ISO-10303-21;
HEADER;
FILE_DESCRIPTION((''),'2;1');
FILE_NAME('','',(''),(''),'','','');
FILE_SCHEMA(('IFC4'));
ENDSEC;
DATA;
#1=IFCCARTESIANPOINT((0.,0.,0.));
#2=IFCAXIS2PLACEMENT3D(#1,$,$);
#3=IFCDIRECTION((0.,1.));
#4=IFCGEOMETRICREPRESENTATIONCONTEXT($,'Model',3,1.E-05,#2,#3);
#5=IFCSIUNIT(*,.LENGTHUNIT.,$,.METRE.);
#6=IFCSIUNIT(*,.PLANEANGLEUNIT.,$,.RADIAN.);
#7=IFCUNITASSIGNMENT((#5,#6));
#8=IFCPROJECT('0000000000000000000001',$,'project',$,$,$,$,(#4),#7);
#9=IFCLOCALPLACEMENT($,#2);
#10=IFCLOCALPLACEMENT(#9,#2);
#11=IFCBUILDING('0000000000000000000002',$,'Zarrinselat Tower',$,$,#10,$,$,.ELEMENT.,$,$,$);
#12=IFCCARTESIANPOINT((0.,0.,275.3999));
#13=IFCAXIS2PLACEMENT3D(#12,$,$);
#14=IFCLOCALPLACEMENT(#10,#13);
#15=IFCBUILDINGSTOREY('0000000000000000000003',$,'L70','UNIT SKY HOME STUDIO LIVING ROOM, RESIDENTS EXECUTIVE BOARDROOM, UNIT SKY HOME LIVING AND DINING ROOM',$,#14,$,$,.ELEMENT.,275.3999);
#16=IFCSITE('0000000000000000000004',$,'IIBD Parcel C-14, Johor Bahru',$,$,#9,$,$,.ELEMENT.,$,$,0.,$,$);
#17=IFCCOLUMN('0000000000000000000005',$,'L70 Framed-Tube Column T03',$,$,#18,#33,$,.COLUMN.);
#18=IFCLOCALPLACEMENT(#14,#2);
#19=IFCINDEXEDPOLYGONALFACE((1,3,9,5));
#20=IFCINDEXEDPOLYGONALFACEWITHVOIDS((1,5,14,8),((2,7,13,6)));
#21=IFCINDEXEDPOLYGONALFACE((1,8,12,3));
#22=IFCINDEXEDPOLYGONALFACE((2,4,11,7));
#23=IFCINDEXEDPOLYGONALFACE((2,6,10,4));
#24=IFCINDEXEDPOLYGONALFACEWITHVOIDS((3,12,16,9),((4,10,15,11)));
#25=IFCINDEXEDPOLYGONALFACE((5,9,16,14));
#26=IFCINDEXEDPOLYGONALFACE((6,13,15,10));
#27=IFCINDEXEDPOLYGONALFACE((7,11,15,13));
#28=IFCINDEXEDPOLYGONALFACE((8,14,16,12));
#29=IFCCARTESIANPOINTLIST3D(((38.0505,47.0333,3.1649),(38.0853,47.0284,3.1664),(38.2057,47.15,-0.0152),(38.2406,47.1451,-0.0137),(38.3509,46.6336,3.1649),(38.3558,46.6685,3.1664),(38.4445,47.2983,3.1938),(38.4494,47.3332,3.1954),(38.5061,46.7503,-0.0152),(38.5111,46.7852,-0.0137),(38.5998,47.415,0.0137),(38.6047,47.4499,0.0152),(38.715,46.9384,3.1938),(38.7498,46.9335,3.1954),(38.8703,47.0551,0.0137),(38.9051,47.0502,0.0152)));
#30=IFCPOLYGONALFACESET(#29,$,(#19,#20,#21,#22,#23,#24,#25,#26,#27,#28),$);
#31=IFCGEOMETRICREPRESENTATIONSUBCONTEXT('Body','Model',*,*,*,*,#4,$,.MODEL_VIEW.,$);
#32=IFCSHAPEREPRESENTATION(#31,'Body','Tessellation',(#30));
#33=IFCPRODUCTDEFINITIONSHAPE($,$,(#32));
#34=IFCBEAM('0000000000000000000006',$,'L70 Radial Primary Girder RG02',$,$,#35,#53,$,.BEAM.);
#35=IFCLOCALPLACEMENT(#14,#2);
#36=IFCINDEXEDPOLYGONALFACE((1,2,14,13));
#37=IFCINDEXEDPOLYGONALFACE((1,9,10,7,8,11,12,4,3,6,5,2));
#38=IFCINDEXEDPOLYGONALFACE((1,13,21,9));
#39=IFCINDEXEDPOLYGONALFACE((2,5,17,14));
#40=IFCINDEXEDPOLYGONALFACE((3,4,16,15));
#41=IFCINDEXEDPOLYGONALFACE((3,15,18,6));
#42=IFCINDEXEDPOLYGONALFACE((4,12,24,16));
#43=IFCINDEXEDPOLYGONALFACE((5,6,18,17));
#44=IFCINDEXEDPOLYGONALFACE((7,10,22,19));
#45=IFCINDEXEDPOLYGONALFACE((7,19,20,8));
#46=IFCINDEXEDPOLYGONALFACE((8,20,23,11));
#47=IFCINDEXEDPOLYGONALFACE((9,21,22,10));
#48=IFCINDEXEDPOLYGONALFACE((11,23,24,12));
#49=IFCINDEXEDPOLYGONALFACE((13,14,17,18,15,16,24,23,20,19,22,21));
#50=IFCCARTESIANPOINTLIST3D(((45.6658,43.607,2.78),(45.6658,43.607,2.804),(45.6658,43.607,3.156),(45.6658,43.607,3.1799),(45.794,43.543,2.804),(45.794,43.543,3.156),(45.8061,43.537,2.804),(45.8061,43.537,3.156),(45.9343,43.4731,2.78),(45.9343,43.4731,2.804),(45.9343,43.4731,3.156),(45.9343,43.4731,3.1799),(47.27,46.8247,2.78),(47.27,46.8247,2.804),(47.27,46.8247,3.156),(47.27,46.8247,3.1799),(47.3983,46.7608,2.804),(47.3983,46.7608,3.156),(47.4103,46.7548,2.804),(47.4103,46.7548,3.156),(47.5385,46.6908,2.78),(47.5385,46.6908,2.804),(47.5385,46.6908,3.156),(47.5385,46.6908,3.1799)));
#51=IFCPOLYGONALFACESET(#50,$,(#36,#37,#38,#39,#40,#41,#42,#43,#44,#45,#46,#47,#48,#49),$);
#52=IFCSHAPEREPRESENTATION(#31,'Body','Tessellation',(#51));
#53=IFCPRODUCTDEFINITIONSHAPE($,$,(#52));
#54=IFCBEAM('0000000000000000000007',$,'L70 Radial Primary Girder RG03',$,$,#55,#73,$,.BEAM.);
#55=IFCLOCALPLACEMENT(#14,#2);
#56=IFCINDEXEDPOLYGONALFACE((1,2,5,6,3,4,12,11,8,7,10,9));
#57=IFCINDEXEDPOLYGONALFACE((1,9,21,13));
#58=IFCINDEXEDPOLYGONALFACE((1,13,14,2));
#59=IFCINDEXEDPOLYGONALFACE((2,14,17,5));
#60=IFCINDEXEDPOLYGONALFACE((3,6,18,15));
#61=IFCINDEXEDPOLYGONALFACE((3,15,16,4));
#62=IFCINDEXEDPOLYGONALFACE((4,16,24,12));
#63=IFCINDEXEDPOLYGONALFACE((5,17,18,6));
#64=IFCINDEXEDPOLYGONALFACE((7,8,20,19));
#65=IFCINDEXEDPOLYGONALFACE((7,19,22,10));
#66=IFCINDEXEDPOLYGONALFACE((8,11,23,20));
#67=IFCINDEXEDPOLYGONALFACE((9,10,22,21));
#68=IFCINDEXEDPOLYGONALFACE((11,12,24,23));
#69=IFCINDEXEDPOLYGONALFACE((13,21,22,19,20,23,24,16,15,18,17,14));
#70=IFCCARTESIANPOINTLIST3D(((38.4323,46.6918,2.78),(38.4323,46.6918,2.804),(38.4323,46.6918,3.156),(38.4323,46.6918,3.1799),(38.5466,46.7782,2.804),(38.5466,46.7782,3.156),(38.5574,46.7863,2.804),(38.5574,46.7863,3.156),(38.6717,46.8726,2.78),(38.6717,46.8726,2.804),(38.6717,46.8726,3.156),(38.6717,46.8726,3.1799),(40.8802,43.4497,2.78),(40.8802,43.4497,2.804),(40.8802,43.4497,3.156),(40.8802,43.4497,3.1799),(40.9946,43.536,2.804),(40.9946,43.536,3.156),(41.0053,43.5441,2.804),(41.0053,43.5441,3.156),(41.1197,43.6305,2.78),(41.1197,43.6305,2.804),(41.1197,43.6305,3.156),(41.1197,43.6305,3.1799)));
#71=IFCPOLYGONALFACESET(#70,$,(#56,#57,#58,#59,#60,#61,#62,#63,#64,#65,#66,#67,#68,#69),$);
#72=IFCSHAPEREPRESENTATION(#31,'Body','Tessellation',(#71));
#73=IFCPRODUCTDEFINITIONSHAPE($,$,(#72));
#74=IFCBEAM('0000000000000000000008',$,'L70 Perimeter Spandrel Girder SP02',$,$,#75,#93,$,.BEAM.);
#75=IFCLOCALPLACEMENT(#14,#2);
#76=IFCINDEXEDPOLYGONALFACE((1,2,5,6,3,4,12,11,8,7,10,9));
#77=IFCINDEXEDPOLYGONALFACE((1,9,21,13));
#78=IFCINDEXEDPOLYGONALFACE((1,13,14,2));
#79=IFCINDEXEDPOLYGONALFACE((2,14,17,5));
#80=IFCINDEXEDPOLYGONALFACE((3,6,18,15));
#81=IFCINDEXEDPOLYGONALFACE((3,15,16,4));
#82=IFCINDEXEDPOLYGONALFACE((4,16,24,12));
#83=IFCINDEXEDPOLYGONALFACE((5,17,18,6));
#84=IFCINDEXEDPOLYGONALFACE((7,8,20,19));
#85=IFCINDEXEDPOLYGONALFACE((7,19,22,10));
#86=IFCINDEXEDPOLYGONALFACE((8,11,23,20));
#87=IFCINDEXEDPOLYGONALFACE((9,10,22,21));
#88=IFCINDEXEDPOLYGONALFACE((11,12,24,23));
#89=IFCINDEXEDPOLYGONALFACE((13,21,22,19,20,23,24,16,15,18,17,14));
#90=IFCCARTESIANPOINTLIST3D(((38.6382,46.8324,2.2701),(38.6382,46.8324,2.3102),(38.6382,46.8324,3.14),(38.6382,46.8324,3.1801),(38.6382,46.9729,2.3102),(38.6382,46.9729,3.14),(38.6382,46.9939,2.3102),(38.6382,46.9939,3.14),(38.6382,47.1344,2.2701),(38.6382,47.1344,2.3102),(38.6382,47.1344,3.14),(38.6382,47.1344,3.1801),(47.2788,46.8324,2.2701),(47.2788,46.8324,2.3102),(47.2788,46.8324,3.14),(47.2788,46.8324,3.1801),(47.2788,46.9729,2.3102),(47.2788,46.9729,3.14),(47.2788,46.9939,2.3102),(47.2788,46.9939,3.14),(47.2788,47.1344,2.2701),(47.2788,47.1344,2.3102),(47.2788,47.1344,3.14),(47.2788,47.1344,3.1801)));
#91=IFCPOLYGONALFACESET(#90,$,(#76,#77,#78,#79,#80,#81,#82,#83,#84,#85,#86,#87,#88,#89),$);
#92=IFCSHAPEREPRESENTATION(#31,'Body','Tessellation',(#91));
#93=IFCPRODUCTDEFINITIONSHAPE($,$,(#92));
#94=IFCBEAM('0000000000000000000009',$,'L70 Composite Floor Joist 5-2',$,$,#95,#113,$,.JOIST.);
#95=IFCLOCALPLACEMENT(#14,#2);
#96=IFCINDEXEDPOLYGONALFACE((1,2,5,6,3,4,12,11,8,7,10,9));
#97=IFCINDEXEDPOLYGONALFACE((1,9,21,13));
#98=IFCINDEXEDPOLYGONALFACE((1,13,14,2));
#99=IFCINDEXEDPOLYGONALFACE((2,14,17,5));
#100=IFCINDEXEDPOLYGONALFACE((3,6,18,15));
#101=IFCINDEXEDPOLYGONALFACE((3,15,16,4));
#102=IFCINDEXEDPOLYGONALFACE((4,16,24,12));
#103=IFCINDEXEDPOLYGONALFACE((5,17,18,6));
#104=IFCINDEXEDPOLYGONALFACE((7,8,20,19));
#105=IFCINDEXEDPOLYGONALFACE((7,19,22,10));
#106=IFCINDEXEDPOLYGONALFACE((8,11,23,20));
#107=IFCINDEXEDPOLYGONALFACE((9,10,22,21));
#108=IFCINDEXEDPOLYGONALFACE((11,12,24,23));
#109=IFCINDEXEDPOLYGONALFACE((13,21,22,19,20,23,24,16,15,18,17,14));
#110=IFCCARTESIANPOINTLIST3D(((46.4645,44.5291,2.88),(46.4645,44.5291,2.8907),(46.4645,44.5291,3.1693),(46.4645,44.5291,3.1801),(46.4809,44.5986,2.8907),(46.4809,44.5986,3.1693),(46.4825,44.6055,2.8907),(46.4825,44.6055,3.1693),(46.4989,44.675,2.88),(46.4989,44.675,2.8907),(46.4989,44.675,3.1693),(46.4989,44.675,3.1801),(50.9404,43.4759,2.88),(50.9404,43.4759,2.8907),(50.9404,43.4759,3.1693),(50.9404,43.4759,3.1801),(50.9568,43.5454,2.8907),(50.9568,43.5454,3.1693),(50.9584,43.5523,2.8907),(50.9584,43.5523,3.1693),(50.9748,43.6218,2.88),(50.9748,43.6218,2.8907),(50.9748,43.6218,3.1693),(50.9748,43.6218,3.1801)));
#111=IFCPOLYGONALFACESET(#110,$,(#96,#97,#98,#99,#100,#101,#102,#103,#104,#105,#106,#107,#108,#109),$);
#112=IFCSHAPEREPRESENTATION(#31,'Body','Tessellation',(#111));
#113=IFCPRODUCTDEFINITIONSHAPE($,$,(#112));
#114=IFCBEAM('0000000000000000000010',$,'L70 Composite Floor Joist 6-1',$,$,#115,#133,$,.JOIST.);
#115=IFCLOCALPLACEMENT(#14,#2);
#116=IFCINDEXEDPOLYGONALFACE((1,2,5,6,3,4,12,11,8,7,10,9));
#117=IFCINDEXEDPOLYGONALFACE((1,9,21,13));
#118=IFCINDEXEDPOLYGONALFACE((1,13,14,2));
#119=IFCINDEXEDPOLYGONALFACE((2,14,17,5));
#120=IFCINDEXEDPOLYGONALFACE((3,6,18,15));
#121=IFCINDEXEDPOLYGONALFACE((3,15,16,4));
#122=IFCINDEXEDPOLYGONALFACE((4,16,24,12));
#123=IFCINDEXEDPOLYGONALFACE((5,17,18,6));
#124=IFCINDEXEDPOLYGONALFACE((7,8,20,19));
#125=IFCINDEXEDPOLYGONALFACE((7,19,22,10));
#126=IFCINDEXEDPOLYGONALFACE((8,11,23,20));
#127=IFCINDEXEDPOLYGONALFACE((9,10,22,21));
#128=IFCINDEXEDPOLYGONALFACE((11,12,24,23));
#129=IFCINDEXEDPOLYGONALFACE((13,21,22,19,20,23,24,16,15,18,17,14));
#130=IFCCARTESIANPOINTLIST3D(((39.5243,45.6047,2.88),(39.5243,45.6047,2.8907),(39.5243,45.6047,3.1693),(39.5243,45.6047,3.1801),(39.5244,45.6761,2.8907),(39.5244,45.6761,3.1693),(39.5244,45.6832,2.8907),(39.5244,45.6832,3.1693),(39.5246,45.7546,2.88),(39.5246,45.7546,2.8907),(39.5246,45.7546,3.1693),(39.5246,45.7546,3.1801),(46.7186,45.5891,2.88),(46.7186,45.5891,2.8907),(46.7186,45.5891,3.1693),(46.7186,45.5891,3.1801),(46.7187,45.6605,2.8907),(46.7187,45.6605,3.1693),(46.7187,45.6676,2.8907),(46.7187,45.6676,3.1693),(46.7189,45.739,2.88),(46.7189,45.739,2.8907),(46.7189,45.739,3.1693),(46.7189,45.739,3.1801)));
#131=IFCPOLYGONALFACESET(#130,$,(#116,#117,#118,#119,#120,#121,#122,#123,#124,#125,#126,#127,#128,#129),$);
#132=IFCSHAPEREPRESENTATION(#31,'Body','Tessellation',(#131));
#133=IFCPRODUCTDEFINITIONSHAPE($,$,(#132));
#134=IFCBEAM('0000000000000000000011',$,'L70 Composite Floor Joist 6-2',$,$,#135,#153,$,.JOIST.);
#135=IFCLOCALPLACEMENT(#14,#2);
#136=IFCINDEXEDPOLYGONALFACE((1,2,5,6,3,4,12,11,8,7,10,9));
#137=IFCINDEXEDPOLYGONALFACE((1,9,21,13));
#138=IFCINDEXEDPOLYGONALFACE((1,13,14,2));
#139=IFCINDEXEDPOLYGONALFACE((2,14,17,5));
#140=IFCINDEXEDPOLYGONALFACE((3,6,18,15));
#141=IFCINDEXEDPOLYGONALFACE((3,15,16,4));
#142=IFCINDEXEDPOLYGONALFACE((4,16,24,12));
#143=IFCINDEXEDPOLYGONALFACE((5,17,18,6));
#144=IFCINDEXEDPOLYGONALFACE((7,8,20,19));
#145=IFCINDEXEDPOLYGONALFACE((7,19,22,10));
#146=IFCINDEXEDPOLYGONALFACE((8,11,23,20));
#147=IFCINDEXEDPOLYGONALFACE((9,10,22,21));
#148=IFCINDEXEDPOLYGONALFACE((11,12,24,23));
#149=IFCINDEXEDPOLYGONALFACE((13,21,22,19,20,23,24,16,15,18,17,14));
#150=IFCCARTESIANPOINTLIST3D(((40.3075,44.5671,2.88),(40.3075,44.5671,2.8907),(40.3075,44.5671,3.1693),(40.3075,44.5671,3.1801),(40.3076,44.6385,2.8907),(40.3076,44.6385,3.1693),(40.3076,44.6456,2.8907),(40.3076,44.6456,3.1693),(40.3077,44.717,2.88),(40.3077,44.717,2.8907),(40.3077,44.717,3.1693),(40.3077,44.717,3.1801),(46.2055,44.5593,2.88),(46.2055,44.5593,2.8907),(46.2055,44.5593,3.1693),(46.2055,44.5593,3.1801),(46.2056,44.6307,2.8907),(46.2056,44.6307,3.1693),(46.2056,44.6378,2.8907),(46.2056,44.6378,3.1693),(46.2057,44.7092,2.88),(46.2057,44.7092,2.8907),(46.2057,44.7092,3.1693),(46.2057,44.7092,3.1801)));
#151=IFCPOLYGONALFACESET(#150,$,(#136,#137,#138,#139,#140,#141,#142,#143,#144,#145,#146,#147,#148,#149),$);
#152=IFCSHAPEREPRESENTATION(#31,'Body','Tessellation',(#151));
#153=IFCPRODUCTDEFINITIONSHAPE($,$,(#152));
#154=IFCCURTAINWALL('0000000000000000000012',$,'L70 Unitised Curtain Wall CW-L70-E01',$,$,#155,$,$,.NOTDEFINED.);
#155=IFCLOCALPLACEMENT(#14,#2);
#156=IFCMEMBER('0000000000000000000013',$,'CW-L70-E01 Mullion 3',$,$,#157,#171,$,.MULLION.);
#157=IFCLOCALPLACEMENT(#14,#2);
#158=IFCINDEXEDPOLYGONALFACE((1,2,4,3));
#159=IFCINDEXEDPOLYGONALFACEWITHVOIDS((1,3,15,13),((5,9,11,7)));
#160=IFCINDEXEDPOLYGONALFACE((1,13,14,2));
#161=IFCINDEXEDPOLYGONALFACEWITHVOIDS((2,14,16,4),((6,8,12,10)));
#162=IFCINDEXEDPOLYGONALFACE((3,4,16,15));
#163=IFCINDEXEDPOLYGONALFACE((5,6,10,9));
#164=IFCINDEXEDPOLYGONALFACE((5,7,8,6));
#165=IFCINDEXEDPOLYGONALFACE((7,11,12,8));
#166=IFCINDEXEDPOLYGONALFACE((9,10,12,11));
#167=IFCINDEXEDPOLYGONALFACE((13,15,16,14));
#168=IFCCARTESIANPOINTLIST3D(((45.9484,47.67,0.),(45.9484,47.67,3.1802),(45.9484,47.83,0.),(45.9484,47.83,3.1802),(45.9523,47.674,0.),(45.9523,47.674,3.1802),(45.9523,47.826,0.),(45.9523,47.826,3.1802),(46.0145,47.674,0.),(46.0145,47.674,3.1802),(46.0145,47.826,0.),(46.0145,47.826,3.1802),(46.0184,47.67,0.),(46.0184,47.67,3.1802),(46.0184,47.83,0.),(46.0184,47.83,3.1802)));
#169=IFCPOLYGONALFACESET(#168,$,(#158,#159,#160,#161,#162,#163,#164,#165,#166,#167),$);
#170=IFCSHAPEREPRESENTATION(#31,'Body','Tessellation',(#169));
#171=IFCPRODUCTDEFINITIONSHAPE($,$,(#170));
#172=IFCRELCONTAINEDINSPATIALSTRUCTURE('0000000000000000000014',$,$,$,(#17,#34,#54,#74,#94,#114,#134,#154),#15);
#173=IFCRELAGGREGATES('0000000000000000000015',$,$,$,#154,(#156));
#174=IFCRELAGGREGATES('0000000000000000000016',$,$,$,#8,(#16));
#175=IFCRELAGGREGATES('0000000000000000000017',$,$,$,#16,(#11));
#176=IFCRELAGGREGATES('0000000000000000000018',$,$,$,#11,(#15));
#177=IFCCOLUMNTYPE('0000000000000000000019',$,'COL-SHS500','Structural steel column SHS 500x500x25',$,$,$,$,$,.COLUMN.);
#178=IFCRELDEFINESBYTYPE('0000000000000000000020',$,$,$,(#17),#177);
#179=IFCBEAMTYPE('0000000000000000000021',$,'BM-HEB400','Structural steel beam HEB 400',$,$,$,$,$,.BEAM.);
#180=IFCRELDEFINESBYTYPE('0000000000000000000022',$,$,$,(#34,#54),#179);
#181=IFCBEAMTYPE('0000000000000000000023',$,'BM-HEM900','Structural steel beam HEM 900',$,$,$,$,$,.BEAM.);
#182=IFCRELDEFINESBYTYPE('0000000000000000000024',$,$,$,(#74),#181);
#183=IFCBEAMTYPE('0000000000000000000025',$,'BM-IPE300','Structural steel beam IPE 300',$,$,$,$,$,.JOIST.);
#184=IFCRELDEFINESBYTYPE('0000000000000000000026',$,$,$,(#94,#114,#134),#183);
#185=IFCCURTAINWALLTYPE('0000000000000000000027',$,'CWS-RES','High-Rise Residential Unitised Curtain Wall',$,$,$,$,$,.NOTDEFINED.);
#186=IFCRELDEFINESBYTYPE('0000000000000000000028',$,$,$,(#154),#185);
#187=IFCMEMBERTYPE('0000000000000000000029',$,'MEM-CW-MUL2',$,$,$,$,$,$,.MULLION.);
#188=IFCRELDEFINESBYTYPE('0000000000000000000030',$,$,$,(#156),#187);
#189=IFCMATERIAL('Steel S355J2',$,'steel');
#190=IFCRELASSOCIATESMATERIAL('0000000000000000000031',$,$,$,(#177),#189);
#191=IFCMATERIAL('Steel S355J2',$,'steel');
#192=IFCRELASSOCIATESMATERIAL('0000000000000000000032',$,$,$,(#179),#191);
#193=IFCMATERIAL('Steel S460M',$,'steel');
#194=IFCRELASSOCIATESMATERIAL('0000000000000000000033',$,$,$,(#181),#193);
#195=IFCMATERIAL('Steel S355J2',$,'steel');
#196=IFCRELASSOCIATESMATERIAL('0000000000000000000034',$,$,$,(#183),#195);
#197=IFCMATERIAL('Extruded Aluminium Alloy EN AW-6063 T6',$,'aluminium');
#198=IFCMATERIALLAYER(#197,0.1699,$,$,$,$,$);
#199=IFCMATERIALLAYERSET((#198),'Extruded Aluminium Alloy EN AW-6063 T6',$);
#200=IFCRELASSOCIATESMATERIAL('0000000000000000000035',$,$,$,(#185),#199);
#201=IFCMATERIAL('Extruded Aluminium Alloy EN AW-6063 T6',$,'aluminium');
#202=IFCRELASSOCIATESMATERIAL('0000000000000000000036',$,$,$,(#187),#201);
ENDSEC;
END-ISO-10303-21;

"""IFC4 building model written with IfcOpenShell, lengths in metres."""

from ifc_helpers import new_model, si_unit, direction, frame, origin, origin_2d, place, context, subcontext, project, spatial, hollow_rectangle, i_section, extrude, material, layer, layer_set, material_profile, profile_set, type_object, element, aggregate, save


model = new_model("IFC4")

# Units and contexts
model_context = context("Model", 3, precision=1e-05, world=origin(), true_north=direction((0.0, 1.0)))
body_context = subcontext(model_context, "Body", "Model", "MODEL_VIEW")
ifc_project = project(units=[si_unit("LENGTHUNIT", "METRE"), si_unit("PLANEANGLEUNIT", "RADIAN")], contexts=[model_context])

# Site, building, storey
site_placement = place(None, origin())
site = spatial("IfcSite", under=ifc_project, at=site_placement, Name="IIBD Parcel C-14, Johor Bahru", CompositionType="ELEMENT", RefElevation=0.0)
building_placement = place(site_placement, origin())
building = spatial("IfcBuilding", under=site, at=building_placement, Name="Zarrinselat Tower", CompositionType="ELEMENT")
storey_placement = place(building_placement, frame((0.0, 0.0, 275.3999)))
storey = spatial("IfcBuildingStorey", under=building, at=storey_placement, Name="L70", Description="UNIT SKY HOME STUDIO LIVING ROOM, RESIDENTS EXECUTIVE BOARDROOM, UNIT SKY HOME LIVING AND DINING ROOM", CompositionType="ELEMENT", Elevation=275.3999)

# Column
ifc_material_1 = material(Name="Steel S355J2", Category="steel")
ifc_material_profile_1 = material_profile(ifc_material_1, hollow_rectangle(XDim=0.5, YDim=0.5, WallThickness=0.0249, at=origin_2d()), Name="SHS 500x500x25")
ifc_profile_set_1 = profile_set([ifc_material_profile_1], Name="Steel S355J2")
column_type = type_object("IfcColumnType", Name="COL-SHS500", Description="Structural steel column SHS 500x500x25", PredefinedType="COLUMN", material=ifc_profile_set_1)
column_placement = place(storey_placement, frame((38.5554, 47.1001, 0.0), z_axis=(-0.048735, -0.036628, 0.99814), x_axis=(0.600804, -0.799396, 0.0)))
element("IfcColumn", 1, at=column_placement, inside=storey, type_object=column_type, Name="L70 Framed-Tube Column T03", PredefinedType="COLUMN", context=body_context, shape_type="SweptSolid", body=[
    extrude(hollow_rectangle(XDim=0.5, YDim=0.5, WallThickness=0.0249, at=origin_2d()), origin(), (0.0, 0.0, 1.0), 3.186),
])

# Beams
ifc_material_2 = material(Name="Steel S355J2", Category="steel")
ifc_material_profile_2 = material_profile(ifc_material_2, i_section(OverallWidth=0.3, OverallDepth=0.3999, WebThickness=0.0134, FlangeThickness=0.0239, at=origin_2d()), Name="HEB 400")
ifc_profile_set_2 = profile_set([ifc_material_profile_2], Name="Steel S355J2")
beam_type_1 = type_object("IfcBeamType", Name="BM-HEB400", Description="Structural steel beam HEB 400", PredefinedType="BEAM", material=ifc_profile_set_2)
beam_1_placement = place(storey_placement, frame((45.8, 43.54, 2.98), z_axis=(0.446181, 0.894943, 0.0), x_axis=(-0.894943, 0.446181, 0.0)))
element("IfcBeam", 2, at=beam_1_placement, inside=storey, type_object=beam_type_1, Name="L70 Radial Primary Girder RG02", PredefinedType="BEAM", context=body_context, shape_type="SweptSolid", body=[
    extrude(i_section(OverallWidth=0.3, OverallDepth=0.3999, WebThickness=0.0134, FlangeThickness=0.0239, at=origin_2d()), origin(), (0.0, 0.0, 1.0), 3.5955),
])
beam_2_placement = place(storey_placement, frame((38.552, 46.7822, 2.98), z_axis=(0.602574, -0.798063, 0.0), x_axis=(0.798063, 0.602574, 0.0)))
element("IfcBeam", 3, at=beam_2_placement, inside=storey, type_object=beam_type_1, Name="L70 Radial Primary Girder RG03", PredefinedType="BEAM", context=body_context, shape_type="SweptSolid", body=[
    extrude(i_section(OverallWidth=0.3, OverallDepth=0.3999, WebThickness=0.0134, FlangeThickness=0.0239, at=origin_2d()), origin(), (0.0, 0.0, 1.0), 4.0625),
])
ifc_material_3 = material(Name="Steel S460M", Category="steel")
ifc_material_profile_3 = material_profile(ifc_material_3, i_section(OverallWidth=0.302, OverallDepth=0.9099, WebThickness=0.021, FlangeThickness=0.04, at=origin_2d()), Name="HEM 900")
ifc_profile_set_3 = profile_set([ifc_material_profile_3], Name="Steel S460M")
beam_type_2 = type_object("IfcBeamType", Name="BM-HEM900", Description="Structural steel beam HEM 900", PredefinedType="BEAM", material=ifc_profile_set_3)
beam_3_placement = place(storey_placement, frame((38.6382, 46.9834, 2.7251), z_axis=(1.0, 0.0, 0.0), x_axis=(0.0, 1.0, 0.0)))
element("IfcBeam", 4, at=beam_3_placement, inside=storey, type_object=beam_type_2, Name="L70 Perimeter Spandrel Girder SP02", PredefinedType="BEAM", context=body_context, shape_type="SweptSolid", body=[
    extrude(i_section(OverallWidth=0.302, OverallDepth=0.9099, WebThickness=0.021, FlangeThickness=0.04, at=origin_2d()), origin(), (0.0, 0.0, 1.0), 8.6406),
])
ifc_material_4 = material(Name="Steel S355J2", Category="steel")
ifc_material_profile_4 = material_profile(ifc_material_4, i_section(OverallWidth=0.1499, OverallDepth=0.3, WebThickness=0.0071, FlangeThickness=0.0107, at=origin_2d()), Name="IPE 300")
ifc_profile_set_4 = profile_set([ifc_material_profile_4], Name="Steel S355J2")
beam_type_3 = type_object("IfcBeamType", Name="BM-IPE300", Description="Structural steel beam IPE 300", PredefinedType="JOIST", material=ifc_profile_set_4)
beam_4_placement = place(storey_placement, frame((46.4817, 44.6021, 3.03), z_axis=(0.973413, -0.229057, 0.0), x_axis=(0.229057, 0.973413, 0.0)))
element("IfcBeam", 5, at=beam_4_placement, inside=storey, type_object=beam_type_3, Name="L70 Composite Floor Joist 5-2", PredefinedType="JOIST", context=body_context, shape_type="SweptSolid", body=[
    extrude(i_section(OverallWidth=0.1499, OverallDepth=0.3, WebThickness=0.0071, FlangeThickness=0.0107, at=origin_2d()), origin(), (0.0, 0.0, 1.0), 4.5981),
])
beam_5_placement = place(storey_placement, frame((39.5244, 45.6797, 3.03), z_axis=(0.999998, -0.002172, 0.0), x_axis=(0.002172, 0.999998, 0.0)))
element("IfcBeam", 6, at=beam_5_placement, inside=storey, type_object=beam_type_3, Name="L70 Composite Floor Joist 6-1", PredefinedType="JOIST", context=body_context, shape_type="SweptSolid", body=[
    extrude(i_section(OverallWidth=0.1499, OverallDepth=0.3, WebThickness=0.0071, FlangeThickness=0.0107, at=origin_2d()), origin(), (0.0, 0.0, 1.0), 7.1943),
])
beam_6_placement = place(storey_placement, frame((40.3076, 44.6421, 3.03), z_axis=(0.999999, -0.001325, 0.0), x_axis=(0.001325, 0.999999, 0.0)))
element("IfcBeam", 7, at=beam_6_placement, inside=storey, type_object=beam_type_3, Name="L70 Composite Floor Joist 6-2", PredefinedType="JOIST", context=body_context, shape_type="SweptSolid", body=[
    extrude(i_section(OverallWidth=0.1499, OverallDepth=0.3, WebThickness=0.0071, FlangeThickness=0.0107, at=origin_2d()), origin(), (0.0, 0.0, 1.0), 5.8979),
])

# Curtain wall, member
ifc_material_5 = material(Name="Extruded Aluminium Alloy EN AW-6063 T6", Category="aluminium")
ifc_layer_1 = layer(ifc_material_5, 0.1699)
ifc_layer_set_1 = layer_set([ifc_layer_1], Name="Extruded Aluminium Alloy EN AW-6063 T6")
curtain_wall_type = type_object("IfcCurtainWallType", Name="CWS-RES", Description="High-Rise Residential Unitised Curtain Wall", PredefinedType="NOTDEFINED", material=ifc_layer_set_1)
curtain_wall_placement = place(storey_placement, origin())
curtain_wall = element("IfcCurtainWall", 8, at=curtain_wall_placement, inside=storey, type_object=curtain_wall_type, Name="L70 Unitised Curtain Wall CW-L70-E01", PredefinedType="NOTDEFINED")
ifc_material_6 = material(Name="Extruded Aluminium Alloy EN AW-6063 T6", Category="aluminium")
ifc_material_profile_5 = material_profile(ifc_material_6, hollow_rectangle(XDim=0.0701, YDim=0.1599, WallThickness=0.0039, at=origin_2d()), Name="RHS 160x70x4")
ifc_profile_set_5 = profile_set([ifc_material_profile_5], Name="Extruded Aluminium Alloy EN AW-6063 T6")
member_type_1 = type_object("IfcMemberType", Name="MEM-CW-MUL2", PredefinedType="MULLION", material=ifc_profile_set_5)
member_1_placement = place(storey_placement, frame((45.9834, 47.75, 0.0), z_axis=(0.0, 0.0, 1.0), x_axis=(-1.0, 0.0, 0.0)))
member_1 = element("IfcMember", 9, at=member_1_placement, type_object=member_type_1, Name="CW-L70-E01 Mullion 3", PredefinedType="MULLION", context=body_context, shape_type="SweptSolid", body=[
    extrude(hollow_rectangle(XDim=0.0701, YDim=0.1599, WallThickness=0.0039, at=origin_2d()), origin(), (0.0, 0.0, 1.0), 3.1802),
])
aggregate(curtain_wall, [member_1])

save(model, "model.ifc")
